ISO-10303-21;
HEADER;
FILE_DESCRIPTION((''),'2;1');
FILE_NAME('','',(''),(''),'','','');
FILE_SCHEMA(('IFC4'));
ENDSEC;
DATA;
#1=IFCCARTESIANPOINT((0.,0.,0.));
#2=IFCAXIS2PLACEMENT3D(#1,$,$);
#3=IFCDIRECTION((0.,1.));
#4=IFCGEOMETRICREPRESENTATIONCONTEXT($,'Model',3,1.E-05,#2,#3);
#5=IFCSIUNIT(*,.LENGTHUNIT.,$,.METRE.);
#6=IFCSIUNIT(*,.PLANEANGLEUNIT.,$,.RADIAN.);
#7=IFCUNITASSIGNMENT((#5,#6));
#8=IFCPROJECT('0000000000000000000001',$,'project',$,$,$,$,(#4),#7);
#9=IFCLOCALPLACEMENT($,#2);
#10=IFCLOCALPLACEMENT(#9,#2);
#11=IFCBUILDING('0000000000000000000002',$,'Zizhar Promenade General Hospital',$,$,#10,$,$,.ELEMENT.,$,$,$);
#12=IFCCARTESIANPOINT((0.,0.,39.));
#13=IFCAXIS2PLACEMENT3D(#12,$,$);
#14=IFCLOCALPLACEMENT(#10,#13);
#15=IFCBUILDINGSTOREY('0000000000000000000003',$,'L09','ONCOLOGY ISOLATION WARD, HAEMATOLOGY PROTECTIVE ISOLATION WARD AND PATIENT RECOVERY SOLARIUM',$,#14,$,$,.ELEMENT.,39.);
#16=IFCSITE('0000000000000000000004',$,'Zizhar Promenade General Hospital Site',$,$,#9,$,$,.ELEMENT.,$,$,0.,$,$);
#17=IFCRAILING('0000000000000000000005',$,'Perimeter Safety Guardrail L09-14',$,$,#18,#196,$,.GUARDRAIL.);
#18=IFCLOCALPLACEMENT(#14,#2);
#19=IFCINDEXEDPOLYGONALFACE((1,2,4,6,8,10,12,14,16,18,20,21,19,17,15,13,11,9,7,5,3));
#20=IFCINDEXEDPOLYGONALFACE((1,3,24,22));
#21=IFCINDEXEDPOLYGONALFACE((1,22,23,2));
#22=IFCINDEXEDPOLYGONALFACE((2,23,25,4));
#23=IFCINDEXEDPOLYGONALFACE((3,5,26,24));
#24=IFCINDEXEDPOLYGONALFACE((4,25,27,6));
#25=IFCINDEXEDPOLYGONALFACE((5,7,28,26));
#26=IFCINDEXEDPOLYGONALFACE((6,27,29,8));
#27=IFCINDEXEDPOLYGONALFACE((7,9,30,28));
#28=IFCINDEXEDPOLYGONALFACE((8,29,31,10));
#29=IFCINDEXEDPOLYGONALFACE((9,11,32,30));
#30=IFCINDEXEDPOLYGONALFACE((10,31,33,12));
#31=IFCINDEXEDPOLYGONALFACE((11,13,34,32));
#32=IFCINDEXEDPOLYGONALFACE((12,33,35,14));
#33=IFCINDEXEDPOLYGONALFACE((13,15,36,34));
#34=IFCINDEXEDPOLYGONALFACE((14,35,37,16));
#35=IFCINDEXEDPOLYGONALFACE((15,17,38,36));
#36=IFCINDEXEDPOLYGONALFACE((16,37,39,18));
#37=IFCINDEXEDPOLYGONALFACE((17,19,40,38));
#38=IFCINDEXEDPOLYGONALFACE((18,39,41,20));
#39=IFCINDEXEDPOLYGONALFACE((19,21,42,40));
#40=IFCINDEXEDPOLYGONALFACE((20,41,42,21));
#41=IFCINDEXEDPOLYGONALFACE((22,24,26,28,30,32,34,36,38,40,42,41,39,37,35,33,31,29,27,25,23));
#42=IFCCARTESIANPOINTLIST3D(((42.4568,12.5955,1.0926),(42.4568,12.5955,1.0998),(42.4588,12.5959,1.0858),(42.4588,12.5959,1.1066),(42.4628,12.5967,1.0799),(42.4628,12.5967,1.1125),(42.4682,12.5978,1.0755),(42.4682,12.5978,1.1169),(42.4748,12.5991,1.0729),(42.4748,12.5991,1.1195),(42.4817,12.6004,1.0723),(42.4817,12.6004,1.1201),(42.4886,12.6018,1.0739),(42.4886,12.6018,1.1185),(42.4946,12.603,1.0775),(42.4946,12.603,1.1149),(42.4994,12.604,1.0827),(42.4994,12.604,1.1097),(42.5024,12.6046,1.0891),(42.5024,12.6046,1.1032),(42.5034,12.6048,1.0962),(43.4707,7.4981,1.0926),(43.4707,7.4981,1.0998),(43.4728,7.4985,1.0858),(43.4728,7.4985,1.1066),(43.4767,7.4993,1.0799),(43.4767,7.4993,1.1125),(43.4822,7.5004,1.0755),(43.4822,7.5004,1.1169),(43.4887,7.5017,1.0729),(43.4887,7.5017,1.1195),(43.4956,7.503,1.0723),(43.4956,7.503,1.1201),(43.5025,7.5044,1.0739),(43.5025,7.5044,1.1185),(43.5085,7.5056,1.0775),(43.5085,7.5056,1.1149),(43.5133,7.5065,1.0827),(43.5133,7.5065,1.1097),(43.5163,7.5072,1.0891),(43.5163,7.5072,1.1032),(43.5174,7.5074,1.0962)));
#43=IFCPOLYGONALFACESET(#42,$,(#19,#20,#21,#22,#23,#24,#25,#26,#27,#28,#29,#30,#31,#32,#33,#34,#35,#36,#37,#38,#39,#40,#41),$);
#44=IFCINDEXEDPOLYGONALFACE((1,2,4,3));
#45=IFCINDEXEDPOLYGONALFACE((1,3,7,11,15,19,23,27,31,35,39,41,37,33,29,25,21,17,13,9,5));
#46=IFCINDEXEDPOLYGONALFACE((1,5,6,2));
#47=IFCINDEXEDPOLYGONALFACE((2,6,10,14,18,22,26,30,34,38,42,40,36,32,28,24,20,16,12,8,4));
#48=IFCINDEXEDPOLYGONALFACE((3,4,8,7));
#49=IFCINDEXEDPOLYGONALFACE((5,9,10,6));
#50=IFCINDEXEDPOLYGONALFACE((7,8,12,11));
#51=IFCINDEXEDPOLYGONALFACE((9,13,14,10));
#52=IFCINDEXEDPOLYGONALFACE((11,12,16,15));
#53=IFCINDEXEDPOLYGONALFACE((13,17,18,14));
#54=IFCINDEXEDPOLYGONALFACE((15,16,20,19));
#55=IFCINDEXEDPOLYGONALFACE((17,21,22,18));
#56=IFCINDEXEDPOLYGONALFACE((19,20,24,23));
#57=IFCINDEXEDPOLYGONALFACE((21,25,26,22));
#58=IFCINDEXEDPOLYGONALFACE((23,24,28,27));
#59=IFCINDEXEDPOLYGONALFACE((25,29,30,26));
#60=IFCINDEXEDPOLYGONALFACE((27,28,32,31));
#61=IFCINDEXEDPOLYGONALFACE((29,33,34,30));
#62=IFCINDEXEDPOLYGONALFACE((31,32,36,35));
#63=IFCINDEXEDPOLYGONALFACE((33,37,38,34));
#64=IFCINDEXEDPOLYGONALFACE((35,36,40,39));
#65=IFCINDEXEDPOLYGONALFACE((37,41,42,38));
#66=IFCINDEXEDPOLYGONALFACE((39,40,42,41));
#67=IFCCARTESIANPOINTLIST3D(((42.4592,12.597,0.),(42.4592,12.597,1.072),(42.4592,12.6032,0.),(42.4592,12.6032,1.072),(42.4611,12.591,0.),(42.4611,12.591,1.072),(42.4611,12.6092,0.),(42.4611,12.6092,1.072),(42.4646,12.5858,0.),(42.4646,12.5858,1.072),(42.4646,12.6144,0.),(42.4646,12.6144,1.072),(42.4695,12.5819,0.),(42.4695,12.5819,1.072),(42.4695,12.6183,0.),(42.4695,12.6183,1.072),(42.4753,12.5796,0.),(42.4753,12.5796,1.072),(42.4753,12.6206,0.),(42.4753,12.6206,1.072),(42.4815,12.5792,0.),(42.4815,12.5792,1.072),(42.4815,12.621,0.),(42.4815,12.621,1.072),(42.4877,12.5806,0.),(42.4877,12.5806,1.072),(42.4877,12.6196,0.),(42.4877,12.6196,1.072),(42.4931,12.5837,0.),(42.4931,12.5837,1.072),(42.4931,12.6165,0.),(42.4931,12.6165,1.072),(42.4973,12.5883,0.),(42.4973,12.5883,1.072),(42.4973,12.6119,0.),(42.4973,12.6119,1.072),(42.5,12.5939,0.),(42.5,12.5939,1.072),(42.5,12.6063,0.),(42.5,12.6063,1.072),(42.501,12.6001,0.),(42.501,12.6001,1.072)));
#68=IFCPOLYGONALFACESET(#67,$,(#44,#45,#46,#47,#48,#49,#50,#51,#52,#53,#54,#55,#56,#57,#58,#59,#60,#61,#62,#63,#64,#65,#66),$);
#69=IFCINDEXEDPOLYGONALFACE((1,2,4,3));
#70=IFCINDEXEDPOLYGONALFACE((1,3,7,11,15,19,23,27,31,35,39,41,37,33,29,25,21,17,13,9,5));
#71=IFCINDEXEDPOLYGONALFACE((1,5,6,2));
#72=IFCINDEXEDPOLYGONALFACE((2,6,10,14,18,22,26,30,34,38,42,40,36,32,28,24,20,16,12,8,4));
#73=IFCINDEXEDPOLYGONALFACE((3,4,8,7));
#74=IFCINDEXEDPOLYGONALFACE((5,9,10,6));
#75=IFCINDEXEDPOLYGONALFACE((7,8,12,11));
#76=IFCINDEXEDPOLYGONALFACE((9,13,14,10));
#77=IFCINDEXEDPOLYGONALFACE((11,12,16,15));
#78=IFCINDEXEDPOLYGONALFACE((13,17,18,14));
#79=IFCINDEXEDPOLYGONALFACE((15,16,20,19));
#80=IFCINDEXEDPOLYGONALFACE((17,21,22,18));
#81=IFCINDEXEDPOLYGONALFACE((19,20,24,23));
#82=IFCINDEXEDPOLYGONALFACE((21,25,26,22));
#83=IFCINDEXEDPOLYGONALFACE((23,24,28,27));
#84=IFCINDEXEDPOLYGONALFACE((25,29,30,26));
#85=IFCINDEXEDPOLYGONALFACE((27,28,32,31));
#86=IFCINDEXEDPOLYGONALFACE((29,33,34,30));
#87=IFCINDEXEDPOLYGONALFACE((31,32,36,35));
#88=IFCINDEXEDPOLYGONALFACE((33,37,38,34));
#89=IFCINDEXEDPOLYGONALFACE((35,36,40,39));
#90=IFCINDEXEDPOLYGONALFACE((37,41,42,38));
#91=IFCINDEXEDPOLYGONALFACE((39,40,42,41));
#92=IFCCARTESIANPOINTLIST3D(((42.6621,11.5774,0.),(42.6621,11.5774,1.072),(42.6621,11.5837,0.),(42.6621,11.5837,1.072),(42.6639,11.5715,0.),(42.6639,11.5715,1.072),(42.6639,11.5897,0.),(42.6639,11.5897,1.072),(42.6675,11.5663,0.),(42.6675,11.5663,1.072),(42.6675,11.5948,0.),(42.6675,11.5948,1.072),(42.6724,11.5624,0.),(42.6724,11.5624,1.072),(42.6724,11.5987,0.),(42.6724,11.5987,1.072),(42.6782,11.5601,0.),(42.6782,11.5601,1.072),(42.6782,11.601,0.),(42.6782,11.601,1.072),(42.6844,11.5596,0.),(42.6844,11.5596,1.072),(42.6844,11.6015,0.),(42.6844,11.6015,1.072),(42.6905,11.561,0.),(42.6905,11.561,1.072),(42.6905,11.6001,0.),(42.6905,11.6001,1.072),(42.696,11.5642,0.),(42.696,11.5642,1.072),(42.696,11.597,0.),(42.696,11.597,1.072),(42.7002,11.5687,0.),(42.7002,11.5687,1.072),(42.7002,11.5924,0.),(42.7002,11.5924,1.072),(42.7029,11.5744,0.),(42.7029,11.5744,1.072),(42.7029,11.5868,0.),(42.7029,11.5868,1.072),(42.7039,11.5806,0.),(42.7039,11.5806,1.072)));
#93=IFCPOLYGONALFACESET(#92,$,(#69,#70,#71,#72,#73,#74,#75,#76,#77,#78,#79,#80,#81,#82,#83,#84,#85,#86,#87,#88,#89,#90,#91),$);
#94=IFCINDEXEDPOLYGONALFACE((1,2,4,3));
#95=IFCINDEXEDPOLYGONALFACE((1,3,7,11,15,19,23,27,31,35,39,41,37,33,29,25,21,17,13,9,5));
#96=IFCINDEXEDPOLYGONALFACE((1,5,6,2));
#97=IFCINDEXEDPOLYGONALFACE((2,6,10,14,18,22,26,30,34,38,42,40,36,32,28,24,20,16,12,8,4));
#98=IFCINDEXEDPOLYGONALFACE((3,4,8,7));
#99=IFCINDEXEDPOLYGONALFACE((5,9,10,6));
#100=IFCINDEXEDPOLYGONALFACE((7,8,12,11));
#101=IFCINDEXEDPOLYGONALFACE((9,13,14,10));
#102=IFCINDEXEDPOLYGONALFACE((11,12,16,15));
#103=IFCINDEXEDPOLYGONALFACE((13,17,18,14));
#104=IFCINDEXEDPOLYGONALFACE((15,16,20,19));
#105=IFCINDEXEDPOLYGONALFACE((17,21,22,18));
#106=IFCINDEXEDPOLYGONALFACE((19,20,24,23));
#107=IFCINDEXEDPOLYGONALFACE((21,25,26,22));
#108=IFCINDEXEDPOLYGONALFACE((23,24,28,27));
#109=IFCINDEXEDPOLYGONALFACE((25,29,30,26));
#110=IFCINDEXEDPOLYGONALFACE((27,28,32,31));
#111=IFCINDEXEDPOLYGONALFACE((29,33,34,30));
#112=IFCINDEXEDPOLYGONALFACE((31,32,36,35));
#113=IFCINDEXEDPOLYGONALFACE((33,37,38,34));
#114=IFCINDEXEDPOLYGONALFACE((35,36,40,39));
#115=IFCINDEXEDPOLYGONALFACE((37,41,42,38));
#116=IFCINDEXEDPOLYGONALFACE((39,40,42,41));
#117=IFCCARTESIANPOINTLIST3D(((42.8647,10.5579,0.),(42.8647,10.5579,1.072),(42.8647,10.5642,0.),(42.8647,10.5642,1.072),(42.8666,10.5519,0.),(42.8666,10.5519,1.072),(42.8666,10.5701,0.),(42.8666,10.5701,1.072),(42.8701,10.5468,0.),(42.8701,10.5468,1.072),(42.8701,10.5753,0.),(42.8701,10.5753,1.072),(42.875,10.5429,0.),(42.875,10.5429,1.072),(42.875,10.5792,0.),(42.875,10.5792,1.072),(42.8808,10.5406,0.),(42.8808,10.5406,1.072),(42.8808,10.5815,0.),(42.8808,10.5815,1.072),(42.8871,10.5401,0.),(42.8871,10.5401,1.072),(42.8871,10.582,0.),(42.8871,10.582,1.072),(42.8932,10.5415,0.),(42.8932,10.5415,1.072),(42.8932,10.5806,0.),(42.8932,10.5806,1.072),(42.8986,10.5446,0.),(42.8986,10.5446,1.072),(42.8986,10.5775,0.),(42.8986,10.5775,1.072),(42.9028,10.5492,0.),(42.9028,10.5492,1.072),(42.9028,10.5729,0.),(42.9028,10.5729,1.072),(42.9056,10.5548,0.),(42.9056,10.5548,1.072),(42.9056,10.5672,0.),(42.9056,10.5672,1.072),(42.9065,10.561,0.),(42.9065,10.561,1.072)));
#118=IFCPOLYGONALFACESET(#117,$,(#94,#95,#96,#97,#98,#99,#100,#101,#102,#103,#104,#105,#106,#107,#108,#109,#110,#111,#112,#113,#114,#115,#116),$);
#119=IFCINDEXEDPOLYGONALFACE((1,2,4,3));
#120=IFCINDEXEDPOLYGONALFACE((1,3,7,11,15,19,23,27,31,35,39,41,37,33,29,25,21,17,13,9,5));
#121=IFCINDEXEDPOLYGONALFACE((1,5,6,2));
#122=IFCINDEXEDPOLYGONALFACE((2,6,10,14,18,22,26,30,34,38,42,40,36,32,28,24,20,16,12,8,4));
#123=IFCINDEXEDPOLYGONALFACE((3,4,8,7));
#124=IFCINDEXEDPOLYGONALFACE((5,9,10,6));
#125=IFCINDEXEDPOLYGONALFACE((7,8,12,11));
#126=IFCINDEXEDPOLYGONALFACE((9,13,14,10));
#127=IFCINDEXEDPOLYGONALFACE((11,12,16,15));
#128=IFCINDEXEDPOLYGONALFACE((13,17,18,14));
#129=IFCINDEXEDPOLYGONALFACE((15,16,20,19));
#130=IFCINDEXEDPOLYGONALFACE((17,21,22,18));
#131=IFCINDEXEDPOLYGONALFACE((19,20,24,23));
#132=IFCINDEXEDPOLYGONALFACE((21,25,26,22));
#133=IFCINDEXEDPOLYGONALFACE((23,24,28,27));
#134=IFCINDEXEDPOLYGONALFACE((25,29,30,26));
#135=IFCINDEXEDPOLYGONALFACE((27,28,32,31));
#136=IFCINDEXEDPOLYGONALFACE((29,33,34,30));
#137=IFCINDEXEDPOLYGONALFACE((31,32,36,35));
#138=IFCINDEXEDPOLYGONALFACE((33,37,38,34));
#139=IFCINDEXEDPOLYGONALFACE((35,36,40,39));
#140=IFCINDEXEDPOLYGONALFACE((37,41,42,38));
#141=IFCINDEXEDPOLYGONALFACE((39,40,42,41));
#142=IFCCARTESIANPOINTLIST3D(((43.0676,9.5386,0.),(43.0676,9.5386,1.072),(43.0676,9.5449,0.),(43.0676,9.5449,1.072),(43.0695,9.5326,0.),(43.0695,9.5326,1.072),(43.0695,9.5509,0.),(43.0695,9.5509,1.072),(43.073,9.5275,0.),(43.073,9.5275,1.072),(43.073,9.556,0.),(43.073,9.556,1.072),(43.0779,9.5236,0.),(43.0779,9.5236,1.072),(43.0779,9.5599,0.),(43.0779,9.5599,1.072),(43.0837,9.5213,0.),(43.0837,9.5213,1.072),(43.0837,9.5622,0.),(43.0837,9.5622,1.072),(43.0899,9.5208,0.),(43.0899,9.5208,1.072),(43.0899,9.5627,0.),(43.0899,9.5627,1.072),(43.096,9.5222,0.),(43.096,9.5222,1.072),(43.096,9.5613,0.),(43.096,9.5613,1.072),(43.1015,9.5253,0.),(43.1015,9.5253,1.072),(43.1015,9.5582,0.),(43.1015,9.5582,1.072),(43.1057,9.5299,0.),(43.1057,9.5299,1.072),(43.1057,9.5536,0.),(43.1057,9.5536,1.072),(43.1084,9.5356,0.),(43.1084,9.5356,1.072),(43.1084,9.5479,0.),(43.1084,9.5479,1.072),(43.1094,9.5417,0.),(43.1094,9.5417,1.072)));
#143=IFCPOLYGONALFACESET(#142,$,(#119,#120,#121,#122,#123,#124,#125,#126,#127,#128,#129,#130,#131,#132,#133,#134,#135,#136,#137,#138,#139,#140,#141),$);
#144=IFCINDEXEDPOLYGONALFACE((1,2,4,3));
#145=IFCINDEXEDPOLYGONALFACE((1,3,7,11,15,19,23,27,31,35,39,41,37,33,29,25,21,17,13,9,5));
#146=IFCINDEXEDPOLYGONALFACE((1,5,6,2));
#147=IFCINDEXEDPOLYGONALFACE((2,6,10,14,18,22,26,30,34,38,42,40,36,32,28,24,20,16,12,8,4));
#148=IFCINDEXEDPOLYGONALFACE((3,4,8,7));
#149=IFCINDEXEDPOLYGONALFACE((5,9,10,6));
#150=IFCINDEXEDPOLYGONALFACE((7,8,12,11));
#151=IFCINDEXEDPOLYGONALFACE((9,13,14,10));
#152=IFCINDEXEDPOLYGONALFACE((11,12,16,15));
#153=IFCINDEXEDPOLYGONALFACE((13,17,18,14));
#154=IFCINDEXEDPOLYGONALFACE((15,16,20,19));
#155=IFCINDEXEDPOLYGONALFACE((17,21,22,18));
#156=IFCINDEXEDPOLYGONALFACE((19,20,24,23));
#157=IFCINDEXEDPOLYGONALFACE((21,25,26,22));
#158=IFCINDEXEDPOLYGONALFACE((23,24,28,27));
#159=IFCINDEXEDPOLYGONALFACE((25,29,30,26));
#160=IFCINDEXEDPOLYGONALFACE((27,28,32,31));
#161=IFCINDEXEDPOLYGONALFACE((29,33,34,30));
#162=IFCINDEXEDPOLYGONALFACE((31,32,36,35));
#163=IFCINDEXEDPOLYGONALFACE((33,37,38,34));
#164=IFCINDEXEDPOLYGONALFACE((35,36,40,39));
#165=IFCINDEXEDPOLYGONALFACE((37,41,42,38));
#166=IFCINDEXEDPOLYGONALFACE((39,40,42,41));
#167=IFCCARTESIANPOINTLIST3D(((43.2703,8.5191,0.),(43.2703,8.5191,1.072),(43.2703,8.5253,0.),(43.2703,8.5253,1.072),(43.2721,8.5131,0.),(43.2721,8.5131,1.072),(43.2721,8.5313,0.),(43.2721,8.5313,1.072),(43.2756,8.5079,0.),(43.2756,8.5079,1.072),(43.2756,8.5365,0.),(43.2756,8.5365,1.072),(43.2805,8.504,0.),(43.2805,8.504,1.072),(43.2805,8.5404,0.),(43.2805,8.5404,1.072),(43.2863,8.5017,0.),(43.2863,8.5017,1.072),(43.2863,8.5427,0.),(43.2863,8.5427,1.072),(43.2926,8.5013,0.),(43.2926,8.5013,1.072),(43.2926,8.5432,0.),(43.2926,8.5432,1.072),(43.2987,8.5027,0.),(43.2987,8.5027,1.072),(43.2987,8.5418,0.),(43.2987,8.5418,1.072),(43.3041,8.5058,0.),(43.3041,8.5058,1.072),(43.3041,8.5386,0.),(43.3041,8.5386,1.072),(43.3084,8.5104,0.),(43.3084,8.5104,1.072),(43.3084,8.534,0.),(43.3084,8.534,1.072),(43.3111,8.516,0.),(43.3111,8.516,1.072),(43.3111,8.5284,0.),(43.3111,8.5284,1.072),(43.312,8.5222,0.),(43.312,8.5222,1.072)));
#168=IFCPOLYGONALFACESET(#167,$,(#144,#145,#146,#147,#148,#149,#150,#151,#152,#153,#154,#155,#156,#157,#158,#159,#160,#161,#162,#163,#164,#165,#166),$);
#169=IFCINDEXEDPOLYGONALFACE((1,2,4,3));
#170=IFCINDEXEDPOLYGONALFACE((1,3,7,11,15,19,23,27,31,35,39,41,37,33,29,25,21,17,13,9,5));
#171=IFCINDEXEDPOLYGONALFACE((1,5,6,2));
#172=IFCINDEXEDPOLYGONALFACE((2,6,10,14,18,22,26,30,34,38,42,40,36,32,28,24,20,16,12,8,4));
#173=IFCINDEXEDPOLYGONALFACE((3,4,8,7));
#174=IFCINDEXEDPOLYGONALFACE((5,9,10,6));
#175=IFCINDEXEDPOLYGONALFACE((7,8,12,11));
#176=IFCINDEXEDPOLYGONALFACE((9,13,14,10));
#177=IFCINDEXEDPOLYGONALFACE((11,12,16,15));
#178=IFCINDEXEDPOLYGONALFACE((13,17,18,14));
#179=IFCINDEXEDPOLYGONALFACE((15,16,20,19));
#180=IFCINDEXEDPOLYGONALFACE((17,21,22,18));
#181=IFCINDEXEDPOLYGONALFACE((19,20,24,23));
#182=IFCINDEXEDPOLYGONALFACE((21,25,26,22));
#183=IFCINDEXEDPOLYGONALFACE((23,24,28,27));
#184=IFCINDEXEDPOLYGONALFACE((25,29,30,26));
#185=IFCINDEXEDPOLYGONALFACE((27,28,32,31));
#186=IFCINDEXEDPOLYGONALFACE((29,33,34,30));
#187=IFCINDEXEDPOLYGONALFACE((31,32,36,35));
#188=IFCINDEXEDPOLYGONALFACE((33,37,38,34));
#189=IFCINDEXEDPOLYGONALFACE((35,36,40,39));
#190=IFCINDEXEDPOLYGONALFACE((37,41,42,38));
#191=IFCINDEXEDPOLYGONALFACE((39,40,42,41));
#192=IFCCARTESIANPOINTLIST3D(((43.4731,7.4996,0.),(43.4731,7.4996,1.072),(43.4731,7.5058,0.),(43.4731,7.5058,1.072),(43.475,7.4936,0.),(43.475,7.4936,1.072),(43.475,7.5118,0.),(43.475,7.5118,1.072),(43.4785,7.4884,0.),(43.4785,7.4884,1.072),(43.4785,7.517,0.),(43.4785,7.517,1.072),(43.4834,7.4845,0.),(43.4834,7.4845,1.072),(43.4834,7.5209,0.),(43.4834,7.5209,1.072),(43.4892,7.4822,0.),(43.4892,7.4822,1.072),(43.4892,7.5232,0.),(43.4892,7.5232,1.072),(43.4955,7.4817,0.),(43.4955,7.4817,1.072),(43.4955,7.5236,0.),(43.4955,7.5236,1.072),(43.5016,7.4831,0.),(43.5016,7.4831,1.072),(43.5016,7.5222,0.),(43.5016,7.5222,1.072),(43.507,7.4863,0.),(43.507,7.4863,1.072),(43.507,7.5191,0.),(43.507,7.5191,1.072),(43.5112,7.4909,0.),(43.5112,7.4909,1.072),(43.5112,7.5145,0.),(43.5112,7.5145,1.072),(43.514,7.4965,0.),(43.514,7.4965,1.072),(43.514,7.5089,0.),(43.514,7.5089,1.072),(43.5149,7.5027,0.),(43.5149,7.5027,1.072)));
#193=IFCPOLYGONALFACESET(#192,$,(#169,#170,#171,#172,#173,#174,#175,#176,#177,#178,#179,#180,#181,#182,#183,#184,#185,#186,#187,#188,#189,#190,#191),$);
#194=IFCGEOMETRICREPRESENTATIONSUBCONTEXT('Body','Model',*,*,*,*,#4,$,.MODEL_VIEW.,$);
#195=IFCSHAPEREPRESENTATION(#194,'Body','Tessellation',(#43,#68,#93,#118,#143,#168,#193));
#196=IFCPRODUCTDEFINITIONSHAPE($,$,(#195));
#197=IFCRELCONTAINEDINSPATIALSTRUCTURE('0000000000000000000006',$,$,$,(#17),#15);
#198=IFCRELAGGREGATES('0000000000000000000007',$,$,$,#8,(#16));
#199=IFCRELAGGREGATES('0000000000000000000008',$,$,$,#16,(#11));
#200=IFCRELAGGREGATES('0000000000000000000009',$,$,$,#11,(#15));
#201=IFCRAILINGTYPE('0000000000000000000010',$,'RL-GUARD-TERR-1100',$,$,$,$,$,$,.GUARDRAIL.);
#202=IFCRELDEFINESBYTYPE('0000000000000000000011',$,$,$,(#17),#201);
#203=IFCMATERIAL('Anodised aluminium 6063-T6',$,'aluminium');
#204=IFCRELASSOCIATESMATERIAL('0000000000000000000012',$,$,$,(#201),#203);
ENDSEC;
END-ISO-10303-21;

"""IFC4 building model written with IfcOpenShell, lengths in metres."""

from ifc_helpers import new_model, si_unit, direction, frame, origin, origin_2d, place, context, subcontext, project, spatial, circle, hollow_circle, extrude, material, material_profile, profile_set, type_object, element, save


model = new_model("IFC4")

# Units and contexts
model_context = context("Model", 3, precision=1e-05, world=origin(), true_north=direction((0.0, 1.0)))
body_context = subcontext(model_context, "Body", "Model", "MODEL_VIEW")
ifc_project = project(units=[si_unit("LENGTHUNIT", "METRE"), si_unit("PLANEANGLEUNIT", "RADIAN")], contexts=[model_context])

# Site, building, storey
site_placement = place(None, origin())
site = spatial("IfcSite", under=ifc_project, at=site_placement, Name="Zizhar Promenade General Hospital Site", CompositionType="ELEMENT", RefElevation=0.0)
building_placement = place(site_placement, origin())
building = spatial("IfcBuilding", under=site, at=building_placement, Name="Zizhar Promenade General Hospital", CompositionType="ELEMENT")
storey_placement = place(building_placement, frame((0.0, 0.0, 39.0)))
storey = spatial("IfcBuildingStorey", under=building, at=storey_placement, Name="L09", Description="ONCOLOGY ISOLATION WARD, HAEMATOLOGY PROTECTIVE ISOLATION WARD AND PATIENT RECOVERY SOLARIUM", CompositionType="ELEMENT", Elevation=39.0)

# Railing
ifc_material_1 = material(Name="Anodised aluminium 6063-T6", Category="aluminium")
ifc_material_profile_1 = material_profile(ifc_material_1, hollow_circle(Radius=0.0698, WallThickness=0.0063, at=origin_2d()))
ifc_profile_set_1 = profile_set([ifc_material_profile_1], Name="Anodised aluminium 6063-T6")
railing_type = type_object("IfcRailingType", Name="RL-GUARD-TERR-1100", PredefinedType="GUARDRAIL", material=ifc_profile_set_1)
railing_1_placement = place(storey_placement, frame((42.48, 12.6001, 0.0)))
element("IfcRailing", 1, at=railing_1_placement, inside=storey, type_object=railing_type, Name="Perimeter Safety Guardrail L09-14", PredefinedType="GUARDRAIL", context=body_context, shape_type="SweptSolid", body=[
    extrude(circle(Radius=0.0239, at=origin_2d()), frame((0.0, 0.0, 1.0962), z_axis=(0.195086, -0.980786, 0.0), x_axis=(0.980786, 0.195086, 0.0)), (0.0, 0.0, 1.0), 5.1973),
    extrude(circle(Radius=0.021, at=origin_2d()), origin(), (0.0, 0.0, 1.0), 1.072),
    extrude(circle(Radius=0.021, at=origin_2d()), frame((0.2029, -1.0195, 0.0)), (0.0, 0.0, 1.0), 1.072),
    extrude(circle(Radius=0.021, at=origin_2d()), frame((0.4055, -2.0391, 0.0)), (0.0, 0.0, 1.0), 1.072),
    extrude(circle(Radius=0.021, at=origin_2d()), frame((0.6084, -3.0583, 0.0)), (0.0, 0.0, 1.0), 1.072),
    extrude(circle(Radius=0.021, at=origin_2d()), frame((0.811, -4.0779, 0.0)), (0.0, 0.0, 1.0), 1.072),
    extrude(circle(Radius=0.021, at=origin_2d()), frame((1.0139, -5.0974, 0.0)), (0.0, 0.0, 1.0), 1.072),
])

save(model, "model.ifc")
